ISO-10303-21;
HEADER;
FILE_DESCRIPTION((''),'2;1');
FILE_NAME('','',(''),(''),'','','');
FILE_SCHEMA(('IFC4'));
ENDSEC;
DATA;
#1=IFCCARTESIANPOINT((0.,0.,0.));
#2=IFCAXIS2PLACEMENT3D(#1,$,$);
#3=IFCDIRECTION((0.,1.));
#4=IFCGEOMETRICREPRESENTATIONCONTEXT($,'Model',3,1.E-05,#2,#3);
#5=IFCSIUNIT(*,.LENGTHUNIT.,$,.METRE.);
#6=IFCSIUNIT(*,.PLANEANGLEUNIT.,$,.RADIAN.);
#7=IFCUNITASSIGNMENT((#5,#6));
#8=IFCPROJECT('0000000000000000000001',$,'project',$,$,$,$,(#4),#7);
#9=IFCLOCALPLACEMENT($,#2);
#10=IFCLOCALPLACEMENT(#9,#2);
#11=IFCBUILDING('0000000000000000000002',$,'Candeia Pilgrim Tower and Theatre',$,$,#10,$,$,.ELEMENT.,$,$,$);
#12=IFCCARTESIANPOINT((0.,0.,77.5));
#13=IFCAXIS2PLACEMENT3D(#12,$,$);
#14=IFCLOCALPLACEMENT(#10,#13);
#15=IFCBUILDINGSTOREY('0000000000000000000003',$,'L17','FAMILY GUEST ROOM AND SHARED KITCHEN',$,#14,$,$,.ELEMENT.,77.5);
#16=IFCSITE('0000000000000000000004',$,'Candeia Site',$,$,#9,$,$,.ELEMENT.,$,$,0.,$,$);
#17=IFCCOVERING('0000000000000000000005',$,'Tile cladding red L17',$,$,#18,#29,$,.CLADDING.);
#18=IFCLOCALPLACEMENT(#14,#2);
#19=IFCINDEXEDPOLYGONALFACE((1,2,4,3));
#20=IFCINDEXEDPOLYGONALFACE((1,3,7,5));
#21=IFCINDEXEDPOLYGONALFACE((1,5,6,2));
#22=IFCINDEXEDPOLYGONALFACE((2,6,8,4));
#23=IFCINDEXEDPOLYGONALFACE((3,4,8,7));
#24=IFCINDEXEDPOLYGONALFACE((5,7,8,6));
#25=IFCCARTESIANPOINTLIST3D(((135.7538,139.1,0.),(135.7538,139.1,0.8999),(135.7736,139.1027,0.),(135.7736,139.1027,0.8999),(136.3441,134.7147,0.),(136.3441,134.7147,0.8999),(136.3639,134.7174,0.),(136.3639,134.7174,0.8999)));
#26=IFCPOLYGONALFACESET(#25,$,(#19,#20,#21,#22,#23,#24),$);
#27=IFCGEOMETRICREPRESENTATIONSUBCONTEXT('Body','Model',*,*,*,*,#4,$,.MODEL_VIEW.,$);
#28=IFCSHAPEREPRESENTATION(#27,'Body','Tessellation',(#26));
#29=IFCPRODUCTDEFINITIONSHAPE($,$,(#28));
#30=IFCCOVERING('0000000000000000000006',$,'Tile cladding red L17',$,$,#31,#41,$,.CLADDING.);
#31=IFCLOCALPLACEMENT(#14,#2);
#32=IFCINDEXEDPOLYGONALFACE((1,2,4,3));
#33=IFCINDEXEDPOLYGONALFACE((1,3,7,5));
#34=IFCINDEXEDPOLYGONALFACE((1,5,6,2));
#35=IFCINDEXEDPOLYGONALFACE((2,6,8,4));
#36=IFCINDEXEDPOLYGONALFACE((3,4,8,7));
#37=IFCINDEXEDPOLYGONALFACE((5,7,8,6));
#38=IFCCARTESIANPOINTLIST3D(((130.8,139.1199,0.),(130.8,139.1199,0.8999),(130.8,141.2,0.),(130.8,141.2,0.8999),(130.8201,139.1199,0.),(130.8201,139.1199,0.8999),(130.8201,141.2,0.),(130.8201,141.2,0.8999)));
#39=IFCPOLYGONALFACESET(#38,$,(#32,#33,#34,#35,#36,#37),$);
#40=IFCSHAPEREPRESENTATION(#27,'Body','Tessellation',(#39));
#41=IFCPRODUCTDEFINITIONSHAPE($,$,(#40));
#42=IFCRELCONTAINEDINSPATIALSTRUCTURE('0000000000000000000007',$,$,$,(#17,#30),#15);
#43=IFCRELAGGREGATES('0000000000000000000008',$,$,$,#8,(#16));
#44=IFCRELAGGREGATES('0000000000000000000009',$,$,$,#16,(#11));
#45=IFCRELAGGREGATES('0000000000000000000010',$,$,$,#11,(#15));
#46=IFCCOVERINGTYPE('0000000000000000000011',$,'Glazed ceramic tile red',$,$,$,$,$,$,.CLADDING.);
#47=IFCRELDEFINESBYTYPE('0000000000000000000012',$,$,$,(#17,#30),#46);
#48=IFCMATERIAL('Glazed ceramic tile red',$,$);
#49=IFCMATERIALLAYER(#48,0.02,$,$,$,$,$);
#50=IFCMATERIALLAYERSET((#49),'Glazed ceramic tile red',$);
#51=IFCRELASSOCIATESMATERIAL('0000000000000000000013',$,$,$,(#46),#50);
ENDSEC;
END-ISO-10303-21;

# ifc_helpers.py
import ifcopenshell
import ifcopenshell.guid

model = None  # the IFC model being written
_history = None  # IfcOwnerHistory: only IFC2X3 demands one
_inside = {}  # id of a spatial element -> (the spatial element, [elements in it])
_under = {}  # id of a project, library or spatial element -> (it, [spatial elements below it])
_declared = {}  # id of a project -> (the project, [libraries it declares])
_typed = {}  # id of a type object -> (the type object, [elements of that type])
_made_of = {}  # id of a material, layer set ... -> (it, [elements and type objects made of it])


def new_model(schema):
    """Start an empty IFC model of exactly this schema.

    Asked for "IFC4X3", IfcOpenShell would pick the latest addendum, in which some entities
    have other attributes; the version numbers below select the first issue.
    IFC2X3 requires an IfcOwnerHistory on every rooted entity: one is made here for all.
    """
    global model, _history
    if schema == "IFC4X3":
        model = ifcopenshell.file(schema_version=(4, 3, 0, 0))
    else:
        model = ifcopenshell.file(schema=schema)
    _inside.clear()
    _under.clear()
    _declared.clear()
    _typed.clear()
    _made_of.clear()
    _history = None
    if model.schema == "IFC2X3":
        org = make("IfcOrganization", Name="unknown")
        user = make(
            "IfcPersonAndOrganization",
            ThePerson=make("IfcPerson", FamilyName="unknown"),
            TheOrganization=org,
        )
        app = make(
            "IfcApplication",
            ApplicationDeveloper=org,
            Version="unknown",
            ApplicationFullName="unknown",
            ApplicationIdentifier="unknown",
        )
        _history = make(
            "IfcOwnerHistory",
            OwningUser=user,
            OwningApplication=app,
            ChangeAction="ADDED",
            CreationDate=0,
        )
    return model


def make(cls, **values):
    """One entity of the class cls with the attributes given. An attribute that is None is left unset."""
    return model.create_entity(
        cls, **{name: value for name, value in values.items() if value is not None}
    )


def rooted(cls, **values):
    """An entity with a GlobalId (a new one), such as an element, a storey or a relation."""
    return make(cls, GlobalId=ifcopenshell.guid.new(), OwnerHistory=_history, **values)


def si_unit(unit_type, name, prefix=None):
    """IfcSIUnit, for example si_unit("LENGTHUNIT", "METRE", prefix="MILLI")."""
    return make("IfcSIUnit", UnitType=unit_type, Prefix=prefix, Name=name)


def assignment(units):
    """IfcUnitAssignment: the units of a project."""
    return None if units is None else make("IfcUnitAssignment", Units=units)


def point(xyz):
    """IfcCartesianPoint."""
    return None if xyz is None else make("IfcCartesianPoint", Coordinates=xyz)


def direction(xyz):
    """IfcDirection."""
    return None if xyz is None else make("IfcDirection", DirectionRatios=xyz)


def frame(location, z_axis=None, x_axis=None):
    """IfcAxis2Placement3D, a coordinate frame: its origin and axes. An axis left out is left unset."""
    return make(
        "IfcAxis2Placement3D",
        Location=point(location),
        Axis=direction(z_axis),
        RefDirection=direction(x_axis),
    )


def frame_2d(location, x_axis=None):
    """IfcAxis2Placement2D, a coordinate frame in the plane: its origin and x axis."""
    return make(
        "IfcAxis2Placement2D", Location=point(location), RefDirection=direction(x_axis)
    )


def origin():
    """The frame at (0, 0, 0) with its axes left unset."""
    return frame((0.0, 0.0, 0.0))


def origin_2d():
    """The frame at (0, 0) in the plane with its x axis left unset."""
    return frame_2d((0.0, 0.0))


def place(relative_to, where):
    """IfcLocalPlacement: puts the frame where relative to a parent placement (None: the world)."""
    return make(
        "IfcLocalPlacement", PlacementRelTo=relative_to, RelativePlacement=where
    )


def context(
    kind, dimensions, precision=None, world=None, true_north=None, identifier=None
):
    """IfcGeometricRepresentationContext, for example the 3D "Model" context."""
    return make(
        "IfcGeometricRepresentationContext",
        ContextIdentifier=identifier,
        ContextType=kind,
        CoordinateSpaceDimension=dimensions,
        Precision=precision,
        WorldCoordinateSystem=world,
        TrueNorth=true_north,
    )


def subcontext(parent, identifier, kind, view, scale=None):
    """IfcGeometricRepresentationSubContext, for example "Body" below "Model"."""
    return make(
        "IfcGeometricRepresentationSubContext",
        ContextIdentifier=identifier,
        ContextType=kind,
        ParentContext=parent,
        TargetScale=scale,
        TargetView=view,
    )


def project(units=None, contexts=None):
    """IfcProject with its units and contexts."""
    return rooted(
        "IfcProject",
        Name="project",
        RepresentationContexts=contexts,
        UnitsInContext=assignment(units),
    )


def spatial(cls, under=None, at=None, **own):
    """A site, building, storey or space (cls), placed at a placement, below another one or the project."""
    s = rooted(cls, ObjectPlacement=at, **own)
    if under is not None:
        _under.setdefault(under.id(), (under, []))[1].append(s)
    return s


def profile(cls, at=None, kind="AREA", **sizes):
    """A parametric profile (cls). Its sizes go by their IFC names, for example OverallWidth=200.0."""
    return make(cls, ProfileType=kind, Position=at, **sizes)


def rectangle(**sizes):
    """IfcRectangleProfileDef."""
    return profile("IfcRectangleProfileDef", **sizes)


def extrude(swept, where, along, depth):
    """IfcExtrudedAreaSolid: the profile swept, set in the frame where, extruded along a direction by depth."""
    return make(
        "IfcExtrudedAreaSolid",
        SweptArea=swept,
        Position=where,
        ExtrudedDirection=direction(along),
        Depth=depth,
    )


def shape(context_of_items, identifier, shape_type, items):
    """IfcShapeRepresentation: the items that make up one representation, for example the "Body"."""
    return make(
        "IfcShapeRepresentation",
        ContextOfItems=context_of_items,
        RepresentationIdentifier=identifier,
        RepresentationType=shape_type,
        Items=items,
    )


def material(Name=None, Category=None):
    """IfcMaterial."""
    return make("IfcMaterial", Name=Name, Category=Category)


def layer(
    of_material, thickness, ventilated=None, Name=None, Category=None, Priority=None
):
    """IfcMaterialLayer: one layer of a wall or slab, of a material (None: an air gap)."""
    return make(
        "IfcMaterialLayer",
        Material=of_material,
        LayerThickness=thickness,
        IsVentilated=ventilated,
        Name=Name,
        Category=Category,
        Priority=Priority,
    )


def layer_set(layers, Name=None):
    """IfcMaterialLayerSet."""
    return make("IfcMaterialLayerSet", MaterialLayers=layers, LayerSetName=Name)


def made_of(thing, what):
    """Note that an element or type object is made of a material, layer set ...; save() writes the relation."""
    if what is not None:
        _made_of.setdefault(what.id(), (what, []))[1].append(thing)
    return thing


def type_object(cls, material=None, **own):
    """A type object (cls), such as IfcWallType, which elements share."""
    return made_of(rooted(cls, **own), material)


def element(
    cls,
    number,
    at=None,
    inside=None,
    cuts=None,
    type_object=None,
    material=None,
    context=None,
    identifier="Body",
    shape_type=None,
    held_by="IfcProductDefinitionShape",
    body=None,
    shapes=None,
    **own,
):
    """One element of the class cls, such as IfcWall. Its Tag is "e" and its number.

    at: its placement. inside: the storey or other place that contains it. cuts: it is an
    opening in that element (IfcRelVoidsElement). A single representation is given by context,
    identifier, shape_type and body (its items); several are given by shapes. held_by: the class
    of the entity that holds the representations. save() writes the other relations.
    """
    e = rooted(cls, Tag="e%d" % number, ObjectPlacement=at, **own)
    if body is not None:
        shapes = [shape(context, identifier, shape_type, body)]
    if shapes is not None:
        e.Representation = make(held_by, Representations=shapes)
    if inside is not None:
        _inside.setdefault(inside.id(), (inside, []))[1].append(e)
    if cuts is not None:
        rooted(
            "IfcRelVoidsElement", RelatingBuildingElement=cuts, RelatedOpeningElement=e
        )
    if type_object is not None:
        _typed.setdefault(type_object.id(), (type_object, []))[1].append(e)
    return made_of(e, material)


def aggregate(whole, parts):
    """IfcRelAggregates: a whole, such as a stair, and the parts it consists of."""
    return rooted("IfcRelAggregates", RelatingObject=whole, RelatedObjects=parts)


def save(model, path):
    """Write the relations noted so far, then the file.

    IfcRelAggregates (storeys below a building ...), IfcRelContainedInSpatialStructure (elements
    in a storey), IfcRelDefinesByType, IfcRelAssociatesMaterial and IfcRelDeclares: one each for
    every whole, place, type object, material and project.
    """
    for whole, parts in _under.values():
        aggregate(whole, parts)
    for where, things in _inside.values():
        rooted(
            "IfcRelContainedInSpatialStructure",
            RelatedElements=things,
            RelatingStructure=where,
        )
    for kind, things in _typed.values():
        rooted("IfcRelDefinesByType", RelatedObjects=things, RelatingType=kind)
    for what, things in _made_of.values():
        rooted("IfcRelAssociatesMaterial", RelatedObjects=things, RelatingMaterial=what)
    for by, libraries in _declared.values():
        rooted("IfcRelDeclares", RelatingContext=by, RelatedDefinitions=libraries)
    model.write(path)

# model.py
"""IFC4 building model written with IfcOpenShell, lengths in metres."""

from ifc_helpers import new_model, si_unit, direction, frame, origin, origin_2d, place, context, subcontext, project, spatial, rectangle, extrude, material, layer, layer_set, type_object, element, save


model = new_model("IFC4")

# Units and contexts
model_context = context("Model", 3, precision=1e-05, world=origin(), true_north=direction((0.0, 1.0)))
body_context = subcontext(model_context, "Body", "Model", "MODEL_VIEW")
ifc_project = project(units=[si_unit("LENGTHUNIT", "METRE"), si_unit("PLANEANGLEUNIT", "RADIAN")], contexts=[model_context])

# Site, building, storey
site_placement = place(None, origin())
site = spatial("IfcSite", under=ifc_project, at=site_placement, Name="Candeia Site", CompositionType="ELEMENT", RefElevation=0.0)
building_placement = place(site_placement, origin())
building = spatial("IfcBuilding", under=site, at=building_placement, Name="Candeia Pilgrim Tower and Theatre", CompositionType="ELEMENT")
storey_placement = place(building_placement, frame((0.0, 0.0, 77.5)))
storey = spatial("IfcBuildingStorey", under=building, at=storey_placement, Name="L17", Description="FAMILY GUEST ROOM AND SHARED KITCHEN", CompositionType="ELEMENT", Elevation=77.5)

# Coverings
ifc_material_1 = material(Name="Glazed ceramic tile red")
ifc_layer_1 = layer(ifc_material_1, 0.02)
ifc_layer_set_1 = layer_set([ifc_layer_1], Name="Glazed ceramic tile red")
covering_type_1 = type_object("IfcCoveringType", Name="Glazed ceramic tile red", PredefinedType="CLADDING", material=ifc_layer_set_1)
covering_1_placement = place(storey_placement, frame((136.0588, 136.9087, 0.0), z_axis=(0.0, 0.0, 1.0), x_axis=(-0.133412, 0.991061, 0.0)))
element("IfcCovering", 1, at=covering_1_placement, inside=storey, type_object=covering_type_1, Name="Tile cladding red L17", PredefinedType="CLADDING", context=body_context, shape_type="SweptSolid", body=[
    extrude(rectangle(XDim=4.4248, YDim=0.02, at=origin_2d()), origin(), (0.0, 0.0, 1.0), 0.8999),
])
covering_2_placement = place(storey_placement, frame((130.8101, 140.1599, 0.0), z_axis=(0.0, 0.0, 1.0), x_axis=(0.0, 1.0, 0.0)))
element("IfcCovering", 2, at=covering_2_placement, inside=storey, type_object=covering_type_1, Name="Tile cladding red L17", PredefinedType="CLADDING", context=body_context, shape_type="SweptSolid", body=[
    extrude(rectangle(XDim=2.0801, YDim=0.02, at=origin_2d()), origin(), (0.0, 0.0, 1.0), 0.8999),
])

save(model, "model.ifc")
